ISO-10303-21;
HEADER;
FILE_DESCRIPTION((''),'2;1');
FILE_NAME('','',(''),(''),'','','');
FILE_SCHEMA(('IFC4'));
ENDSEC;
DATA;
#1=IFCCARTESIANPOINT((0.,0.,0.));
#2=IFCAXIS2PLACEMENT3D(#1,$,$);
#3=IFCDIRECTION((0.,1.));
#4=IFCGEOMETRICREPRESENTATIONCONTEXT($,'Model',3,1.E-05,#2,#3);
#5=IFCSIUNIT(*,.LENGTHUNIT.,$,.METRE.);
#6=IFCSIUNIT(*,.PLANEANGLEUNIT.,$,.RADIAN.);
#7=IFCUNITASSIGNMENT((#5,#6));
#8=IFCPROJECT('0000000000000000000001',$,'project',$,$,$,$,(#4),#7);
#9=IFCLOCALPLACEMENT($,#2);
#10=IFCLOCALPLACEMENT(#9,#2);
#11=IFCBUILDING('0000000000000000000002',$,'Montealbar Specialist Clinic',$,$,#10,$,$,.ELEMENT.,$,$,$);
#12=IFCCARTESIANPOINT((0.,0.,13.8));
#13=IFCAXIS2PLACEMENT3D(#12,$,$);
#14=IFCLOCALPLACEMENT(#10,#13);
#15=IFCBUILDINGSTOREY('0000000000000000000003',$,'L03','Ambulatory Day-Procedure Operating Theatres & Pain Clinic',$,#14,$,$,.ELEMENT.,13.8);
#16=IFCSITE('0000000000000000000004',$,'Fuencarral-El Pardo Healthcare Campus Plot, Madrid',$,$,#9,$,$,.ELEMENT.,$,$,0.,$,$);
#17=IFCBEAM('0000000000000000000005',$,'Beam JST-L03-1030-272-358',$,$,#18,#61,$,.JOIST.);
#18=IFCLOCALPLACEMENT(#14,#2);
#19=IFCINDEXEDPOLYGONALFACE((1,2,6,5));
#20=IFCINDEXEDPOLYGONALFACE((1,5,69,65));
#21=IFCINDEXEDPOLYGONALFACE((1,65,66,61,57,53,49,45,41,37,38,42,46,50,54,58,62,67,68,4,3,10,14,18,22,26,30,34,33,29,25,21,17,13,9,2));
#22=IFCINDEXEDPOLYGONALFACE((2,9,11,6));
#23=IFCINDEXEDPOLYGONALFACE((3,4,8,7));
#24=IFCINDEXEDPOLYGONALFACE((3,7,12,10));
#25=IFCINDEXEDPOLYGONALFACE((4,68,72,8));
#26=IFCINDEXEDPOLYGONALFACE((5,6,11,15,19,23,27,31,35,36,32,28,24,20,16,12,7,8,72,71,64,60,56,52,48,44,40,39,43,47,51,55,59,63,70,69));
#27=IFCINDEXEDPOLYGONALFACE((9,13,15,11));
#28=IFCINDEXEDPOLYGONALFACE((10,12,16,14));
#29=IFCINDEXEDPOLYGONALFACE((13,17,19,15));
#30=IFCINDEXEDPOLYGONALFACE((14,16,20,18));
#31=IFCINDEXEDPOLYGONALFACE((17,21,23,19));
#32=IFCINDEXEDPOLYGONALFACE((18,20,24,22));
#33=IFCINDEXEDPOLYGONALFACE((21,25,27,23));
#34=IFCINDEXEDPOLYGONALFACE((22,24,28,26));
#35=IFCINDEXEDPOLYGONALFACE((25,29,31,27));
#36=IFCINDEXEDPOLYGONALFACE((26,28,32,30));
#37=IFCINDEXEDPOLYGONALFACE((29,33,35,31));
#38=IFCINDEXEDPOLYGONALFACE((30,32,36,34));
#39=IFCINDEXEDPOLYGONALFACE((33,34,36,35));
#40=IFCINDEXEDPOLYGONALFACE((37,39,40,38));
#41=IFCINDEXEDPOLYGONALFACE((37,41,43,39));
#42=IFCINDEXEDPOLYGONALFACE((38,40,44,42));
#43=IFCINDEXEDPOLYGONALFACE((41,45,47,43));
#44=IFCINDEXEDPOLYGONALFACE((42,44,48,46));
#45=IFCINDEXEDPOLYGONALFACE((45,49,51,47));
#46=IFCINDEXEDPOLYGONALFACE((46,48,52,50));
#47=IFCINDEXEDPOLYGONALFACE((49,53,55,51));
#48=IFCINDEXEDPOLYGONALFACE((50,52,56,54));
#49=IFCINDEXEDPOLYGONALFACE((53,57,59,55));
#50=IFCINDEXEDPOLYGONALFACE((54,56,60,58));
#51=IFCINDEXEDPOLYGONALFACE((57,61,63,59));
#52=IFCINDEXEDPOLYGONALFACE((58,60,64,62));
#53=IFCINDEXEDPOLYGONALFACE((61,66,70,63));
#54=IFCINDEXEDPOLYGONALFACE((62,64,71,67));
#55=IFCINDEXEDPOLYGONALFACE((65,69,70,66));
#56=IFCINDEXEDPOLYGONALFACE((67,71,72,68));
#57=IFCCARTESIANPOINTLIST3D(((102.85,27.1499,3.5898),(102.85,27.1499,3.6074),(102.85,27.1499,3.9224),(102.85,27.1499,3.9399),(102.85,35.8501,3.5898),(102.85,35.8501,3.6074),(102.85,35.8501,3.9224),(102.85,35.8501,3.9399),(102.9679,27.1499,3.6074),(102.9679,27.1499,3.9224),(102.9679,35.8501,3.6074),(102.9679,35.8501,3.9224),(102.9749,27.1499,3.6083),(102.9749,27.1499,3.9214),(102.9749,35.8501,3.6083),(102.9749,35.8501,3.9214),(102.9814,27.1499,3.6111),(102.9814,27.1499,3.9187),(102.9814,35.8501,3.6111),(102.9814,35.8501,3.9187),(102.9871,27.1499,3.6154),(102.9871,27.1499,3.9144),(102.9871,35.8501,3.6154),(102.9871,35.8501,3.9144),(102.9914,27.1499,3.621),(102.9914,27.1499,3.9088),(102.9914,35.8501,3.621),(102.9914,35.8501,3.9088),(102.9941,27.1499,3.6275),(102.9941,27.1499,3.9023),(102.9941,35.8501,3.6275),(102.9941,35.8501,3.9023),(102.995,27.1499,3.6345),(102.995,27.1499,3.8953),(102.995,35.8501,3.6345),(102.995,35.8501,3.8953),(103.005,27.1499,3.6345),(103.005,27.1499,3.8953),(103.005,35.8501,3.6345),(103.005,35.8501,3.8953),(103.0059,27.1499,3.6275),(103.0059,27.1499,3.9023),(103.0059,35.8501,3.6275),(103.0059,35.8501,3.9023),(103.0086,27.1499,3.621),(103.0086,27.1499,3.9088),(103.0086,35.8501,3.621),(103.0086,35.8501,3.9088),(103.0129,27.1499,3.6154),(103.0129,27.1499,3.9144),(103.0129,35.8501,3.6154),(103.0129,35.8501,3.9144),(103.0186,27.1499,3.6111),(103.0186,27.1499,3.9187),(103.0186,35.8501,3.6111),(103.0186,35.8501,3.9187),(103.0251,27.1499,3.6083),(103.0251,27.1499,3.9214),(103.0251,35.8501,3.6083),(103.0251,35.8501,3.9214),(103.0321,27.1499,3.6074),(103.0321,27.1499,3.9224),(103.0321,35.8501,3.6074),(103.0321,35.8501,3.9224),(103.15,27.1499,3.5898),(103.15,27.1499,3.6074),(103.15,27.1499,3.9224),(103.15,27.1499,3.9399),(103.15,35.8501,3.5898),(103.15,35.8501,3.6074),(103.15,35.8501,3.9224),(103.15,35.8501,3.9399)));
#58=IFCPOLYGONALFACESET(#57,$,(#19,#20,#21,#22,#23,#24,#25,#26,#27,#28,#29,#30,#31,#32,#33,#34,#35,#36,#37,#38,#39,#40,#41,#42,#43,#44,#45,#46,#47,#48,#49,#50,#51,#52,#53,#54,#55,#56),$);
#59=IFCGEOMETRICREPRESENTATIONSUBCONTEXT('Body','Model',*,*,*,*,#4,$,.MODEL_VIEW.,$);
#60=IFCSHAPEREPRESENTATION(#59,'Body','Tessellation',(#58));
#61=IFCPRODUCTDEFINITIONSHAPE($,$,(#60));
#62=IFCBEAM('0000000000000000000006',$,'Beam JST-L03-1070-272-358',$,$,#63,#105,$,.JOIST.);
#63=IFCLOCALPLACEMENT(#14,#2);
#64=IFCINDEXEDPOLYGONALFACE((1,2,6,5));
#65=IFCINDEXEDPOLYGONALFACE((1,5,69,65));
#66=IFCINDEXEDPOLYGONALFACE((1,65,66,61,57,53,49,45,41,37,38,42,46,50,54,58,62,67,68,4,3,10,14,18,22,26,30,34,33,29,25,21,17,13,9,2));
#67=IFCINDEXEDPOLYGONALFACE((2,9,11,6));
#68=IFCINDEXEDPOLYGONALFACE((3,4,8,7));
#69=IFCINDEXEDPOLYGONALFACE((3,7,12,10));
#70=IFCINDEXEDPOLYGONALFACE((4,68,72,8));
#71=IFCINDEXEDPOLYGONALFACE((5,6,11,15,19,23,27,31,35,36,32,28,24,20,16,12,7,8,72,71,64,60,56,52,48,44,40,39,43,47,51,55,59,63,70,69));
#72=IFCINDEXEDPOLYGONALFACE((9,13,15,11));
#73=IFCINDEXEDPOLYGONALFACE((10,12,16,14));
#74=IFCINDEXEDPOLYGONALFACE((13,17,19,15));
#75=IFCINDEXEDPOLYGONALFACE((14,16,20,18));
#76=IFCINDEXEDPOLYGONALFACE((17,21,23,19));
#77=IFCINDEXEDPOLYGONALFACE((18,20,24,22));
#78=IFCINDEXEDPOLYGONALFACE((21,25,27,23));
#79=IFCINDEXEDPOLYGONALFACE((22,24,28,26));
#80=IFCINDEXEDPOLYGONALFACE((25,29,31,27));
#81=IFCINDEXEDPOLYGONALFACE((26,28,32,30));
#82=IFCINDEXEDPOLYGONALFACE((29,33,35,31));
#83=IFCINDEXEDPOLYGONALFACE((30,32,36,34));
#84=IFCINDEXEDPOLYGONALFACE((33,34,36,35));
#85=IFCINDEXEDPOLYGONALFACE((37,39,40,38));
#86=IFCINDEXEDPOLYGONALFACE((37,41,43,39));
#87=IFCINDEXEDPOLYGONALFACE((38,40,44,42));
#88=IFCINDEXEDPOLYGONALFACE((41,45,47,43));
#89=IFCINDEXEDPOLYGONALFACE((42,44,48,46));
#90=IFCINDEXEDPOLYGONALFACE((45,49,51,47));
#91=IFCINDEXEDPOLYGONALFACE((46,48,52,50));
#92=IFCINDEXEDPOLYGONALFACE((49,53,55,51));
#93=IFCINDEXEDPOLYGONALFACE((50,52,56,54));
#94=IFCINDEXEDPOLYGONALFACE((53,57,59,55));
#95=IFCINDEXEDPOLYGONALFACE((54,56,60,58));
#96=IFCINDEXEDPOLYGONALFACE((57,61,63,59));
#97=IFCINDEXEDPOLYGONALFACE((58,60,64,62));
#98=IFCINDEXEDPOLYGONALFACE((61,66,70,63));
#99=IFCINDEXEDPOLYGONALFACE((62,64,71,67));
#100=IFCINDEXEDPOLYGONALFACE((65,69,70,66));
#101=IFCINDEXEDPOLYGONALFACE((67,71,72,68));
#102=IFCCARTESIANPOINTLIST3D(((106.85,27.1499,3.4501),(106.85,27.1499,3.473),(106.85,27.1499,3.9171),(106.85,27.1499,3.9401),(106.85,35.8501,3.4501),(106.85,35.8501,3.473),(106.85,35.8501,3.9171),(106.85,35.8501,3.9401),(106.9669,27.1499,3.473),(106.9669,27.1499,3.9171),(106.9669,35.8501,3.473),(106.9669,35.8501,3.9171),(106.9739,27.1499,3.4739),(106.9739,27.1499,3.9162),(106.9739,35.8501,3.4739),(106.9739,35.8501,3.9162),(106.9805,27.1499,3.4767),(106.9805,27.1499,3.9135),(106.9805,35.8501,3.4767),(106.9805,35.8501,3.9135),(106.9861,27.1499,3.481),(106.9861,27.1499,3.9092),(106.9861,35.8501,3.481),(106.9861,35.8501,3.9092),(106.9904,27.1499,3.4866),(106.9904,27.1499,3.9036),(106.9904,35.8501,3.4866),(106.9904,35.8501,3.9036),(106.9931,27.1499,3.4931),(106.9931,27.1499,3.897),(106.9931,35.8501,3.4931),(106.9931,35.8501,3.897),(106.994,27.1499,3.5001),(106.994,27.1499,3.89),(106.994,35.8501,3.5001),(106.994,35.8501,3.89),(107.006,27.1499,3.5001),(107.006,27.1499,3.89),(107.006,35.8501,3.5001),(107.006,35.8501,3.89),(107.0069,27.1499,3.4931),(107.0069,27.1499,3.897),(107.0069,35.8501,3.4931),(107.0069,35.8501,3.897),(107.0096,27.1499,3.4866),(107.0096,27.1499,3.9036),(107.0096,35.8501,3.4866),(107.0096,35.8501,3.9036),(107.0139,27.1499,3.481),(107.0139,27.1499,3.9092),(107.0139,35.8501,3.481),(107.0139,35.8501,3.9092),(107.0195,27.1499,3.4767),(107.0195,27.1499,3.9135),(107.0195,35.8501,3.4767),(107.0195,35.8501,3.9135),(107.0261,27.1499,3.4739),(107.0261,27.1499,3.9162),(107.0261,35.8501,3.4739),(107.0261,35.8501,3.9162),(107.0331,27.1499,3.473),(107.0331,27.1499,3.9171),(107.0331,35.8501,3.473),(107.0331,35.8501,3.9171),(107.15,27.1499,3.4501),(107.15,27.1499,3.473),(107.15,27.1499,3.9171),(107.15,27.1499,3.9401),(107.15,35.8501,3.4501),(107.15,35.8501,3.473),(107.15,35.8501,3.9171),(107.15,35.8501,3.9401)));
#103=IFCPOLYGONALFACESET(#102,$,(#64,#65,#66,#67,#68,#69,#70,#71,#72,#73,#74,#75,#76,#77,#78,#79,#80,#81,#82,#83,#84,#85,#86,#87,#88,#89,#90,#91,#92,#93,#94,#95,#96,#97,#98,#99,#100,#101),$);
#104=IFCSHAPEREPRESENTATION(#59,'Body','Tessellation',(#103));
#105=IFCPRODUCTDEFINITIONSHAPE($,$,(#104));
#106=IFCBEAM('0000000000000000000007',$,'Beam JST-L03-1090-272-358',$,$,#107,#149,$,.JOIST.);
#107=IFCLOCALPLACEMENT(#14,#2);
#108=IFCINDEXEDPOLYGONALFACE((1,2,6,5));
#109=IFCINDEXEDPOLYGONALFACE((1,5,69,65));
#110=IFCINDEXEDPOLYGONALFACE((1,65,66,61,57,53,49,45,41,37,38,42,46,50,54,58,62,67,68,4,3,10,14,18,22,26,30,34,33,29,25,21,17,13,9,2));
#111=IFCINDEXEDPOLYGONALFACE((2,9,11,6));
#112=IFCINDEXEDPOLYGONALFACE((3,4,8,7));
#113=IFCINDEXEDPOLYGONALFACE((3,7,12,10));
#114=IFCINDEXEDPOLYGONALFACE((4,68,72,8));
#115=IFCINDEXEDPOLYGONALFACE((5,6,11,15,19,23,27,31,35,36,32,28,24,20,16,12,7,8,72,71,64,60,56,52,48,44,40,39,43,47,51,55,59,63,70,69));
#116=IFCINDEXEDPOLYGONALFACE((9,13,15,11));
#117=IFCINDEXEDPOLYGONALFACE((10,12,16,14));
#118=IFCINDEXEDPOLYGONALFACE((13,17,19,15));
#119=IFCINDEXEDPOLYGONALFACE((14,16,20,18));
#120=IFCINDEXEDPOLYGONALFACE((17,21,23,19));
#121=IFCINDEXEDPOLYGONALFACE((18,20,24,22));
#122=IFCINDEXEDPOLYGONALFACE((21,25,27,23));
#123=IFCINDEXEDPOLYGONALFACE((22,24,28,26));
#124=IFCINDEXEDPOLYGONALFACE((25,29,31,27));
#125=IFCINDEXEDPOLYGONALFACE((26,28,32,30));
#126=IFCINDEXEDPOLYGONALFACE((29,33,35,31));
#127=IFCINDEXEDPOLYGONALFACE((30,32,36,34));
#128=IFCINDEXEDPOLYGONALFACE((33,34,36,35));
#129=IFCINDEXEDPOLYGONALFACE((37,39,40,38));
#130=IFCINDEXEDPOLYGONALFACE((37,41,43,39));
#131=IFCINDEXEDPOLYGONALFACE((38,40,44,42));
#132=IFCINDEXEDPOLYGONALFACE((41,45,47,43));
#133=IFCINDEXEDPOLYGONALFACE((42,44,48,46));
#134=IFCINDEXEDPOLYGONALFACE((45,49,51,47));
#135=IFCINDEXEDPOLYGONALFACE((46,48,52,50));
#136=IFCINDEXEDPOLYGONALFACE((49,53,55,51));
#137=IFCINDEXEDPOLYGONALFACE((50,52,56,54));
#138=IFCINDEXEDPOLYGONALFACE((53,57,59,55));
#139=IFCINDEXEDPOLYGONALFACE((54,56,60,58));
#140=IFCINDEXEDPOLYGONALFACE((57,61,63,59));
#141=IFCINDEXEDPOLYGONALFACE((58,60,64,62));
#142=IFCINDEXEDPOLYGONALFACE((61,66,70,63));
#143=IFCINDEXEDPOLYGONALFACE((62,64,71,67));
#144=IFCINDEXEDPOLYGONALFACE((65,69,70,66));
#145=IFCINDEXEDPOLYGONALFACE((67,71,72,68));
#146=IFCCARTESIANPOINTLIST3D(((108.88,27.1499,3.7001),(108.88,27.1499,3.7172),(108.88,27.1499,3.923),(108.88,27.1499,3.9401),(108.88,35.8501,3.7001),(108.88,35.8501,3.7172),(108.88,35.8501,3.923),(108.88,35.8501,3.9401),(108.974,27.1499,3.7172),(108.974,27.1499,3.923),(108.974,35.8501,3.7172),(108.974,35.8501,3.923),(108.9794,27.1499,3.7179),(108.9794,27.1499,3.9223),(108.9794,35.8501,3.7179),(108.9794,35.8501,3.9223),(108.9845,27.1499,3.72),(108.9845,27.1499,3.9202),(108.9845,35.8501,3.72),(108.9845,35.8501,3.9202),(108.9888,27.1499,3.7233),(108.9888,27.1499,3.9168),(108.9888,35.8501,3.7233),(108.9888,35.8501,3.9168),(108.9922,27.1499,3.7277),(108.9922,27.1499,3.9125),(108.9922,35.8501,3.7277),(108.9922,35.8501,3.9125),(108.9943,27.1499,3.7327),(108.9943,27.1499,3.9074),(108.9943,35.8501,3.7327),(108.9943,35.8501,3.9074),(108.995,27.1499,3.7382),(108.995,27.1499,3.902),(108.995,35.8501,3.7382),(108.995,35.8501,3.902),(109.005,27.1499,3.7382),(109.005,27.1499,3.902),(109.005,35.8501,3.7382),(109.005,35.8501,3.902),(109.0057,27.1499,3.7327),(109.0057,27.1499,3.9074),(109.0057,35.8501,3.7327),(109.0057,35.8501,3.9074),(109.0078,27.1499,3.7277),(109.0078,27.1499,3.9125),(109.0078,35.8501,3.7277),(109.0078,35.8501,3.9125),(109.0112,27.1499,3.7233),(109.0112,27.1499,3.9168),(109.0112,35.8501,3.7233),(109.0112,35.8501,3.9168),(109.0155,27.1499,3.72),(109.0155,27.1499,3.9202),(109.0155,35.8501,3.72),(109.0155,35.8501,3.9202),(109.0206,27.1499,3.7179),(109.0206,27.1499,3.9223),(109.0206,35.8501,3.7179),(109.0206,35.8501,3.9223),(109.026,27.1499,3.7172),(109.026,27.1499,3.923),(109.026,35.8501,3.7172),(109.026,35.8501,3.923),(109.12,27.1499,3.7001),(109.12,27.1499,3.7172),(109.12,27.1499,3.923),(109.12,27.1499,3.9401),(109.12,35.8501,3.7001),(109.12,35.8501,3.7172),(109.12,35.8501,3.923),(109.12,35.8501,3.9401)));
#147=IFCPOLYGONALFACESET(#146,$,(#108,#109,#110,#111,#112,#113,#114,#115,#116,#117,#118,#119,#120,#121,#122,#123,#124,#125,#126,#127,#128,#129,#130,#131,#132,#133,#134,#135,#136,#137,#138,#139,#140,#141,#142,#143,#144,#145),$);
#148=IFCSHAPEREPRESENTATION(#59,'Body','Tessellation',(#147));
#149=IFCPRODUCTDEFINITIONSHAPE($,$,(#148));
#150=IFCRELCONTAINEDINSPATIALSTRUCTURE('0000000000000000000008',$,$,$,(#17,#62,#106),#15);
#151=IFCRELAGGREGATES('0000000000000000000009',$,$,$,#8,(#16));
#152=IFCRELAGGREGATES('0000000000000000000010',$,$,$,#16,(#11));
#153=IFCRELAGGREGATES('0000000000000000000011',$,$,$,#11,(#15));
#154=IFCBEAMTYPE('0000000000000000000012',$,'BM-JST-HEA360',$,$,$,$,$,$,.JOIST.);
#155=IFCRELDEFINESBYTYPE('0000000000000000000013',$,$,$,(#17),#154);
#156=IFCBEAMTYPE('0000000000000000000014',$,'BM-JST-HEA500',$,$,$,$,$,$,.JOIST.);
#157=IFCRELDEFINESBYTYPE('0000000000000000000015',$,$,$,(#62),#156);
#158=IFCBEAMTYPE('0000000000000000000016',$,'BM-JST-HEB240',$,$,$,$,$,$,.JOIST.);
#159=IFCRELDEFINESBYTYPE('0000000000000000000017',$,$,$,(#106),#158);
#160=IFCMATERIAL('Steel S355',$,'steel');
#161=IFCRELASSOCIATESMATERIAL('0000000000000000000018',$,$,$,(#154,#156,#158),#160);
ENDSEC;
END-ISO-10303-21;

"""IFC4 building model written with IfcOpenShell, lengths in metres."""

from ifc_helpers import new_model, si_unit, direction, frame, origin, origin_2d, place, context, subcontext, project, spatial, i_section, extrude, material, material_profile, profile_set, type_object, element, save


model = new_model("IFC4")

# Units and contexts
model_context = context("Model", 3, precision=1e-05, world=origin(), true_north=direction((0.0, 1.0)))
body_context = subcontext(model_context, "Body", "Model", "MODEL_VIEW")
ifc_project = project(units=[si_unit("LENGTHUNIT", "METRE"), si_unit("PLANEANGLEUNIT", "RADIAN")], contexts=[model_context])

# Site, building, storey
site_placement = place(None, origin())
site = spatial("IfcSite", under=ifc_project, at=site_placement, Name="Fuencarral-El Pardo Healthcare Campus Plot, Madrid", CompositionType="ELEMENT", RefElevation=0.0)
building_placement = place(site_placement, origin())
building = spatial("IfcBuilding", under=site, at=building_placement, Name="Montealbar Specialist Clinic", CompositionType="ELEMENT")
storey_placement = place(building_placement, frame((0.0, 0.0, 13.8)))
storey = spatial("IfcBuildingStorey", under=building, at=storey_placement, Name="L03", Description="Ambulatory Day-Procedure Operating Theatres & Pain Clinic", CompositionType="ELEMENT", Elevation=13.8)

# Shared definitions
ifc_material_1 = material(Name="Steel S355", Category="steel")

# Beams
ifc_material_profile_1 = material_profile(ifc_material_1, i_section(OverallWidth=0.3, OverallDepth=0.3501, WebThickness=0.01, FlangeThickness=0.0176, FilletRadius=0.0271, at=origin_2d()), Name="HEA 360", Category="steel")
ifc_profile_set_1 = profile_set([ifc_material_profile_1], Name="Steel S355")
beam_type_1 = type_object("IfcBeamType", Name="BM-JST-HEA360", PredefinedType="JOIST", material=ifc_profile_set_1)
beam_1_placement = place(storey_placement, frame((103.0, 27.1499, 3.7649), z_axis=(0.0, 1.0, 0.0), x_axis=(-1.0, 0.0, 0.0)))
element("IfcBeam", 1, at=beam_1_placement, inside=storey, type_object=beam_type_1, Name="Beam JST-L03-1030-272-358", PredefinedType="JOIST", context=body_context, shape_type="SweptSolid", body=[
    extrude(i_section(OverallWidth=0.3, OverallDepth=0.3501, WebThickness=0.01, FlangeThickness=0.0176, FilletRadius=0.0271, at=origin_2d()), origin(), (0.0, 0.0, 1.0), 8.7002),
])
ifc_material_profile_2 = material_profile(ifc_material_1, i_section(OverallWidth=0.3, OverallDepth=0.49, WebThickness=0.012, FlangeThickness=0.0229, FilletRadius=0.0271, at=origin_2d()), Name="HEA 500", Category="steel")
ifc_profile_set_2 = profile_set([ifc_material_profile_2], Name="Steel S355")
beam_type_2 = type_object("IfcBeamType", Name="BM-JST-HEA500", PredefinedType="JOIST", material=ifc_profile_set_2)
beam_2_placement = place(storey_placement, frame((107.0, 27.1499, 3.6951), z_axis=(0.0, 1.0, 0.0), x_axis=(-1.0, 0.0, 0.0)))
element("IfcBeam", 2, at=beam_2_placement, inside=storey, type_object=beam_type_2, Name="Beam JST-L03-1070-272-358", PredefinedType="JOIST", context=body_context, shape_type="SweptSolid", body=[
    extrude(i_section(OverallWidth=0.3, OverallDepth=0.49, WebThickness=0.012, FlangeThickness=0.0229, FilletRadius=0.0271, at=origin_2d()), origin(), (0.0, 0.0, 1.0), 8.7002),
])
ifc_material_profile_3 = material_profile(ifc_material_1, i_section(OverallWidth=0.24, OverallDepth=0.24, WebThickness=0.01, FlangeThickness=0.0171, FilletRadius=0.021, at=origin_2d()), Name="HEB 240", Category="steel")
ifc_profile_set_3 = profile_set([ifc_material_profile_3], Name="Steel S355")
beam_type_3 = type_object("IfcBeamType", Name="BM-JST-HEB240", PredefinedType="JOIST", material=ifc_profile_set_3)
beam_3_placement = place(storey_placement, frame((109.0, 27.1499, 3.8201), z_axis=(0.0, 1.0, 0.0), x_axis=(-1.0, 0.0, 0.0)))
element("IfcBeam", 3, at=beam_3_placement, inside=storey, type_object=beam_type_3, Name="Beam JST-L03-1090-272-358", PredefinedType="JOIST", context=body_context, shape_type="SweptSolid", body=[
    extrude(i_section(OverallWidth=0.24, OverallDepth=0.24, WebThickness=0.01, FlangeThickness=0.0171, FilletRadius=0.021, at=origin_2d()), origin(), (0.0, 0.0, 1.0), 8.7002),
])

save(model, "model.ifc")
